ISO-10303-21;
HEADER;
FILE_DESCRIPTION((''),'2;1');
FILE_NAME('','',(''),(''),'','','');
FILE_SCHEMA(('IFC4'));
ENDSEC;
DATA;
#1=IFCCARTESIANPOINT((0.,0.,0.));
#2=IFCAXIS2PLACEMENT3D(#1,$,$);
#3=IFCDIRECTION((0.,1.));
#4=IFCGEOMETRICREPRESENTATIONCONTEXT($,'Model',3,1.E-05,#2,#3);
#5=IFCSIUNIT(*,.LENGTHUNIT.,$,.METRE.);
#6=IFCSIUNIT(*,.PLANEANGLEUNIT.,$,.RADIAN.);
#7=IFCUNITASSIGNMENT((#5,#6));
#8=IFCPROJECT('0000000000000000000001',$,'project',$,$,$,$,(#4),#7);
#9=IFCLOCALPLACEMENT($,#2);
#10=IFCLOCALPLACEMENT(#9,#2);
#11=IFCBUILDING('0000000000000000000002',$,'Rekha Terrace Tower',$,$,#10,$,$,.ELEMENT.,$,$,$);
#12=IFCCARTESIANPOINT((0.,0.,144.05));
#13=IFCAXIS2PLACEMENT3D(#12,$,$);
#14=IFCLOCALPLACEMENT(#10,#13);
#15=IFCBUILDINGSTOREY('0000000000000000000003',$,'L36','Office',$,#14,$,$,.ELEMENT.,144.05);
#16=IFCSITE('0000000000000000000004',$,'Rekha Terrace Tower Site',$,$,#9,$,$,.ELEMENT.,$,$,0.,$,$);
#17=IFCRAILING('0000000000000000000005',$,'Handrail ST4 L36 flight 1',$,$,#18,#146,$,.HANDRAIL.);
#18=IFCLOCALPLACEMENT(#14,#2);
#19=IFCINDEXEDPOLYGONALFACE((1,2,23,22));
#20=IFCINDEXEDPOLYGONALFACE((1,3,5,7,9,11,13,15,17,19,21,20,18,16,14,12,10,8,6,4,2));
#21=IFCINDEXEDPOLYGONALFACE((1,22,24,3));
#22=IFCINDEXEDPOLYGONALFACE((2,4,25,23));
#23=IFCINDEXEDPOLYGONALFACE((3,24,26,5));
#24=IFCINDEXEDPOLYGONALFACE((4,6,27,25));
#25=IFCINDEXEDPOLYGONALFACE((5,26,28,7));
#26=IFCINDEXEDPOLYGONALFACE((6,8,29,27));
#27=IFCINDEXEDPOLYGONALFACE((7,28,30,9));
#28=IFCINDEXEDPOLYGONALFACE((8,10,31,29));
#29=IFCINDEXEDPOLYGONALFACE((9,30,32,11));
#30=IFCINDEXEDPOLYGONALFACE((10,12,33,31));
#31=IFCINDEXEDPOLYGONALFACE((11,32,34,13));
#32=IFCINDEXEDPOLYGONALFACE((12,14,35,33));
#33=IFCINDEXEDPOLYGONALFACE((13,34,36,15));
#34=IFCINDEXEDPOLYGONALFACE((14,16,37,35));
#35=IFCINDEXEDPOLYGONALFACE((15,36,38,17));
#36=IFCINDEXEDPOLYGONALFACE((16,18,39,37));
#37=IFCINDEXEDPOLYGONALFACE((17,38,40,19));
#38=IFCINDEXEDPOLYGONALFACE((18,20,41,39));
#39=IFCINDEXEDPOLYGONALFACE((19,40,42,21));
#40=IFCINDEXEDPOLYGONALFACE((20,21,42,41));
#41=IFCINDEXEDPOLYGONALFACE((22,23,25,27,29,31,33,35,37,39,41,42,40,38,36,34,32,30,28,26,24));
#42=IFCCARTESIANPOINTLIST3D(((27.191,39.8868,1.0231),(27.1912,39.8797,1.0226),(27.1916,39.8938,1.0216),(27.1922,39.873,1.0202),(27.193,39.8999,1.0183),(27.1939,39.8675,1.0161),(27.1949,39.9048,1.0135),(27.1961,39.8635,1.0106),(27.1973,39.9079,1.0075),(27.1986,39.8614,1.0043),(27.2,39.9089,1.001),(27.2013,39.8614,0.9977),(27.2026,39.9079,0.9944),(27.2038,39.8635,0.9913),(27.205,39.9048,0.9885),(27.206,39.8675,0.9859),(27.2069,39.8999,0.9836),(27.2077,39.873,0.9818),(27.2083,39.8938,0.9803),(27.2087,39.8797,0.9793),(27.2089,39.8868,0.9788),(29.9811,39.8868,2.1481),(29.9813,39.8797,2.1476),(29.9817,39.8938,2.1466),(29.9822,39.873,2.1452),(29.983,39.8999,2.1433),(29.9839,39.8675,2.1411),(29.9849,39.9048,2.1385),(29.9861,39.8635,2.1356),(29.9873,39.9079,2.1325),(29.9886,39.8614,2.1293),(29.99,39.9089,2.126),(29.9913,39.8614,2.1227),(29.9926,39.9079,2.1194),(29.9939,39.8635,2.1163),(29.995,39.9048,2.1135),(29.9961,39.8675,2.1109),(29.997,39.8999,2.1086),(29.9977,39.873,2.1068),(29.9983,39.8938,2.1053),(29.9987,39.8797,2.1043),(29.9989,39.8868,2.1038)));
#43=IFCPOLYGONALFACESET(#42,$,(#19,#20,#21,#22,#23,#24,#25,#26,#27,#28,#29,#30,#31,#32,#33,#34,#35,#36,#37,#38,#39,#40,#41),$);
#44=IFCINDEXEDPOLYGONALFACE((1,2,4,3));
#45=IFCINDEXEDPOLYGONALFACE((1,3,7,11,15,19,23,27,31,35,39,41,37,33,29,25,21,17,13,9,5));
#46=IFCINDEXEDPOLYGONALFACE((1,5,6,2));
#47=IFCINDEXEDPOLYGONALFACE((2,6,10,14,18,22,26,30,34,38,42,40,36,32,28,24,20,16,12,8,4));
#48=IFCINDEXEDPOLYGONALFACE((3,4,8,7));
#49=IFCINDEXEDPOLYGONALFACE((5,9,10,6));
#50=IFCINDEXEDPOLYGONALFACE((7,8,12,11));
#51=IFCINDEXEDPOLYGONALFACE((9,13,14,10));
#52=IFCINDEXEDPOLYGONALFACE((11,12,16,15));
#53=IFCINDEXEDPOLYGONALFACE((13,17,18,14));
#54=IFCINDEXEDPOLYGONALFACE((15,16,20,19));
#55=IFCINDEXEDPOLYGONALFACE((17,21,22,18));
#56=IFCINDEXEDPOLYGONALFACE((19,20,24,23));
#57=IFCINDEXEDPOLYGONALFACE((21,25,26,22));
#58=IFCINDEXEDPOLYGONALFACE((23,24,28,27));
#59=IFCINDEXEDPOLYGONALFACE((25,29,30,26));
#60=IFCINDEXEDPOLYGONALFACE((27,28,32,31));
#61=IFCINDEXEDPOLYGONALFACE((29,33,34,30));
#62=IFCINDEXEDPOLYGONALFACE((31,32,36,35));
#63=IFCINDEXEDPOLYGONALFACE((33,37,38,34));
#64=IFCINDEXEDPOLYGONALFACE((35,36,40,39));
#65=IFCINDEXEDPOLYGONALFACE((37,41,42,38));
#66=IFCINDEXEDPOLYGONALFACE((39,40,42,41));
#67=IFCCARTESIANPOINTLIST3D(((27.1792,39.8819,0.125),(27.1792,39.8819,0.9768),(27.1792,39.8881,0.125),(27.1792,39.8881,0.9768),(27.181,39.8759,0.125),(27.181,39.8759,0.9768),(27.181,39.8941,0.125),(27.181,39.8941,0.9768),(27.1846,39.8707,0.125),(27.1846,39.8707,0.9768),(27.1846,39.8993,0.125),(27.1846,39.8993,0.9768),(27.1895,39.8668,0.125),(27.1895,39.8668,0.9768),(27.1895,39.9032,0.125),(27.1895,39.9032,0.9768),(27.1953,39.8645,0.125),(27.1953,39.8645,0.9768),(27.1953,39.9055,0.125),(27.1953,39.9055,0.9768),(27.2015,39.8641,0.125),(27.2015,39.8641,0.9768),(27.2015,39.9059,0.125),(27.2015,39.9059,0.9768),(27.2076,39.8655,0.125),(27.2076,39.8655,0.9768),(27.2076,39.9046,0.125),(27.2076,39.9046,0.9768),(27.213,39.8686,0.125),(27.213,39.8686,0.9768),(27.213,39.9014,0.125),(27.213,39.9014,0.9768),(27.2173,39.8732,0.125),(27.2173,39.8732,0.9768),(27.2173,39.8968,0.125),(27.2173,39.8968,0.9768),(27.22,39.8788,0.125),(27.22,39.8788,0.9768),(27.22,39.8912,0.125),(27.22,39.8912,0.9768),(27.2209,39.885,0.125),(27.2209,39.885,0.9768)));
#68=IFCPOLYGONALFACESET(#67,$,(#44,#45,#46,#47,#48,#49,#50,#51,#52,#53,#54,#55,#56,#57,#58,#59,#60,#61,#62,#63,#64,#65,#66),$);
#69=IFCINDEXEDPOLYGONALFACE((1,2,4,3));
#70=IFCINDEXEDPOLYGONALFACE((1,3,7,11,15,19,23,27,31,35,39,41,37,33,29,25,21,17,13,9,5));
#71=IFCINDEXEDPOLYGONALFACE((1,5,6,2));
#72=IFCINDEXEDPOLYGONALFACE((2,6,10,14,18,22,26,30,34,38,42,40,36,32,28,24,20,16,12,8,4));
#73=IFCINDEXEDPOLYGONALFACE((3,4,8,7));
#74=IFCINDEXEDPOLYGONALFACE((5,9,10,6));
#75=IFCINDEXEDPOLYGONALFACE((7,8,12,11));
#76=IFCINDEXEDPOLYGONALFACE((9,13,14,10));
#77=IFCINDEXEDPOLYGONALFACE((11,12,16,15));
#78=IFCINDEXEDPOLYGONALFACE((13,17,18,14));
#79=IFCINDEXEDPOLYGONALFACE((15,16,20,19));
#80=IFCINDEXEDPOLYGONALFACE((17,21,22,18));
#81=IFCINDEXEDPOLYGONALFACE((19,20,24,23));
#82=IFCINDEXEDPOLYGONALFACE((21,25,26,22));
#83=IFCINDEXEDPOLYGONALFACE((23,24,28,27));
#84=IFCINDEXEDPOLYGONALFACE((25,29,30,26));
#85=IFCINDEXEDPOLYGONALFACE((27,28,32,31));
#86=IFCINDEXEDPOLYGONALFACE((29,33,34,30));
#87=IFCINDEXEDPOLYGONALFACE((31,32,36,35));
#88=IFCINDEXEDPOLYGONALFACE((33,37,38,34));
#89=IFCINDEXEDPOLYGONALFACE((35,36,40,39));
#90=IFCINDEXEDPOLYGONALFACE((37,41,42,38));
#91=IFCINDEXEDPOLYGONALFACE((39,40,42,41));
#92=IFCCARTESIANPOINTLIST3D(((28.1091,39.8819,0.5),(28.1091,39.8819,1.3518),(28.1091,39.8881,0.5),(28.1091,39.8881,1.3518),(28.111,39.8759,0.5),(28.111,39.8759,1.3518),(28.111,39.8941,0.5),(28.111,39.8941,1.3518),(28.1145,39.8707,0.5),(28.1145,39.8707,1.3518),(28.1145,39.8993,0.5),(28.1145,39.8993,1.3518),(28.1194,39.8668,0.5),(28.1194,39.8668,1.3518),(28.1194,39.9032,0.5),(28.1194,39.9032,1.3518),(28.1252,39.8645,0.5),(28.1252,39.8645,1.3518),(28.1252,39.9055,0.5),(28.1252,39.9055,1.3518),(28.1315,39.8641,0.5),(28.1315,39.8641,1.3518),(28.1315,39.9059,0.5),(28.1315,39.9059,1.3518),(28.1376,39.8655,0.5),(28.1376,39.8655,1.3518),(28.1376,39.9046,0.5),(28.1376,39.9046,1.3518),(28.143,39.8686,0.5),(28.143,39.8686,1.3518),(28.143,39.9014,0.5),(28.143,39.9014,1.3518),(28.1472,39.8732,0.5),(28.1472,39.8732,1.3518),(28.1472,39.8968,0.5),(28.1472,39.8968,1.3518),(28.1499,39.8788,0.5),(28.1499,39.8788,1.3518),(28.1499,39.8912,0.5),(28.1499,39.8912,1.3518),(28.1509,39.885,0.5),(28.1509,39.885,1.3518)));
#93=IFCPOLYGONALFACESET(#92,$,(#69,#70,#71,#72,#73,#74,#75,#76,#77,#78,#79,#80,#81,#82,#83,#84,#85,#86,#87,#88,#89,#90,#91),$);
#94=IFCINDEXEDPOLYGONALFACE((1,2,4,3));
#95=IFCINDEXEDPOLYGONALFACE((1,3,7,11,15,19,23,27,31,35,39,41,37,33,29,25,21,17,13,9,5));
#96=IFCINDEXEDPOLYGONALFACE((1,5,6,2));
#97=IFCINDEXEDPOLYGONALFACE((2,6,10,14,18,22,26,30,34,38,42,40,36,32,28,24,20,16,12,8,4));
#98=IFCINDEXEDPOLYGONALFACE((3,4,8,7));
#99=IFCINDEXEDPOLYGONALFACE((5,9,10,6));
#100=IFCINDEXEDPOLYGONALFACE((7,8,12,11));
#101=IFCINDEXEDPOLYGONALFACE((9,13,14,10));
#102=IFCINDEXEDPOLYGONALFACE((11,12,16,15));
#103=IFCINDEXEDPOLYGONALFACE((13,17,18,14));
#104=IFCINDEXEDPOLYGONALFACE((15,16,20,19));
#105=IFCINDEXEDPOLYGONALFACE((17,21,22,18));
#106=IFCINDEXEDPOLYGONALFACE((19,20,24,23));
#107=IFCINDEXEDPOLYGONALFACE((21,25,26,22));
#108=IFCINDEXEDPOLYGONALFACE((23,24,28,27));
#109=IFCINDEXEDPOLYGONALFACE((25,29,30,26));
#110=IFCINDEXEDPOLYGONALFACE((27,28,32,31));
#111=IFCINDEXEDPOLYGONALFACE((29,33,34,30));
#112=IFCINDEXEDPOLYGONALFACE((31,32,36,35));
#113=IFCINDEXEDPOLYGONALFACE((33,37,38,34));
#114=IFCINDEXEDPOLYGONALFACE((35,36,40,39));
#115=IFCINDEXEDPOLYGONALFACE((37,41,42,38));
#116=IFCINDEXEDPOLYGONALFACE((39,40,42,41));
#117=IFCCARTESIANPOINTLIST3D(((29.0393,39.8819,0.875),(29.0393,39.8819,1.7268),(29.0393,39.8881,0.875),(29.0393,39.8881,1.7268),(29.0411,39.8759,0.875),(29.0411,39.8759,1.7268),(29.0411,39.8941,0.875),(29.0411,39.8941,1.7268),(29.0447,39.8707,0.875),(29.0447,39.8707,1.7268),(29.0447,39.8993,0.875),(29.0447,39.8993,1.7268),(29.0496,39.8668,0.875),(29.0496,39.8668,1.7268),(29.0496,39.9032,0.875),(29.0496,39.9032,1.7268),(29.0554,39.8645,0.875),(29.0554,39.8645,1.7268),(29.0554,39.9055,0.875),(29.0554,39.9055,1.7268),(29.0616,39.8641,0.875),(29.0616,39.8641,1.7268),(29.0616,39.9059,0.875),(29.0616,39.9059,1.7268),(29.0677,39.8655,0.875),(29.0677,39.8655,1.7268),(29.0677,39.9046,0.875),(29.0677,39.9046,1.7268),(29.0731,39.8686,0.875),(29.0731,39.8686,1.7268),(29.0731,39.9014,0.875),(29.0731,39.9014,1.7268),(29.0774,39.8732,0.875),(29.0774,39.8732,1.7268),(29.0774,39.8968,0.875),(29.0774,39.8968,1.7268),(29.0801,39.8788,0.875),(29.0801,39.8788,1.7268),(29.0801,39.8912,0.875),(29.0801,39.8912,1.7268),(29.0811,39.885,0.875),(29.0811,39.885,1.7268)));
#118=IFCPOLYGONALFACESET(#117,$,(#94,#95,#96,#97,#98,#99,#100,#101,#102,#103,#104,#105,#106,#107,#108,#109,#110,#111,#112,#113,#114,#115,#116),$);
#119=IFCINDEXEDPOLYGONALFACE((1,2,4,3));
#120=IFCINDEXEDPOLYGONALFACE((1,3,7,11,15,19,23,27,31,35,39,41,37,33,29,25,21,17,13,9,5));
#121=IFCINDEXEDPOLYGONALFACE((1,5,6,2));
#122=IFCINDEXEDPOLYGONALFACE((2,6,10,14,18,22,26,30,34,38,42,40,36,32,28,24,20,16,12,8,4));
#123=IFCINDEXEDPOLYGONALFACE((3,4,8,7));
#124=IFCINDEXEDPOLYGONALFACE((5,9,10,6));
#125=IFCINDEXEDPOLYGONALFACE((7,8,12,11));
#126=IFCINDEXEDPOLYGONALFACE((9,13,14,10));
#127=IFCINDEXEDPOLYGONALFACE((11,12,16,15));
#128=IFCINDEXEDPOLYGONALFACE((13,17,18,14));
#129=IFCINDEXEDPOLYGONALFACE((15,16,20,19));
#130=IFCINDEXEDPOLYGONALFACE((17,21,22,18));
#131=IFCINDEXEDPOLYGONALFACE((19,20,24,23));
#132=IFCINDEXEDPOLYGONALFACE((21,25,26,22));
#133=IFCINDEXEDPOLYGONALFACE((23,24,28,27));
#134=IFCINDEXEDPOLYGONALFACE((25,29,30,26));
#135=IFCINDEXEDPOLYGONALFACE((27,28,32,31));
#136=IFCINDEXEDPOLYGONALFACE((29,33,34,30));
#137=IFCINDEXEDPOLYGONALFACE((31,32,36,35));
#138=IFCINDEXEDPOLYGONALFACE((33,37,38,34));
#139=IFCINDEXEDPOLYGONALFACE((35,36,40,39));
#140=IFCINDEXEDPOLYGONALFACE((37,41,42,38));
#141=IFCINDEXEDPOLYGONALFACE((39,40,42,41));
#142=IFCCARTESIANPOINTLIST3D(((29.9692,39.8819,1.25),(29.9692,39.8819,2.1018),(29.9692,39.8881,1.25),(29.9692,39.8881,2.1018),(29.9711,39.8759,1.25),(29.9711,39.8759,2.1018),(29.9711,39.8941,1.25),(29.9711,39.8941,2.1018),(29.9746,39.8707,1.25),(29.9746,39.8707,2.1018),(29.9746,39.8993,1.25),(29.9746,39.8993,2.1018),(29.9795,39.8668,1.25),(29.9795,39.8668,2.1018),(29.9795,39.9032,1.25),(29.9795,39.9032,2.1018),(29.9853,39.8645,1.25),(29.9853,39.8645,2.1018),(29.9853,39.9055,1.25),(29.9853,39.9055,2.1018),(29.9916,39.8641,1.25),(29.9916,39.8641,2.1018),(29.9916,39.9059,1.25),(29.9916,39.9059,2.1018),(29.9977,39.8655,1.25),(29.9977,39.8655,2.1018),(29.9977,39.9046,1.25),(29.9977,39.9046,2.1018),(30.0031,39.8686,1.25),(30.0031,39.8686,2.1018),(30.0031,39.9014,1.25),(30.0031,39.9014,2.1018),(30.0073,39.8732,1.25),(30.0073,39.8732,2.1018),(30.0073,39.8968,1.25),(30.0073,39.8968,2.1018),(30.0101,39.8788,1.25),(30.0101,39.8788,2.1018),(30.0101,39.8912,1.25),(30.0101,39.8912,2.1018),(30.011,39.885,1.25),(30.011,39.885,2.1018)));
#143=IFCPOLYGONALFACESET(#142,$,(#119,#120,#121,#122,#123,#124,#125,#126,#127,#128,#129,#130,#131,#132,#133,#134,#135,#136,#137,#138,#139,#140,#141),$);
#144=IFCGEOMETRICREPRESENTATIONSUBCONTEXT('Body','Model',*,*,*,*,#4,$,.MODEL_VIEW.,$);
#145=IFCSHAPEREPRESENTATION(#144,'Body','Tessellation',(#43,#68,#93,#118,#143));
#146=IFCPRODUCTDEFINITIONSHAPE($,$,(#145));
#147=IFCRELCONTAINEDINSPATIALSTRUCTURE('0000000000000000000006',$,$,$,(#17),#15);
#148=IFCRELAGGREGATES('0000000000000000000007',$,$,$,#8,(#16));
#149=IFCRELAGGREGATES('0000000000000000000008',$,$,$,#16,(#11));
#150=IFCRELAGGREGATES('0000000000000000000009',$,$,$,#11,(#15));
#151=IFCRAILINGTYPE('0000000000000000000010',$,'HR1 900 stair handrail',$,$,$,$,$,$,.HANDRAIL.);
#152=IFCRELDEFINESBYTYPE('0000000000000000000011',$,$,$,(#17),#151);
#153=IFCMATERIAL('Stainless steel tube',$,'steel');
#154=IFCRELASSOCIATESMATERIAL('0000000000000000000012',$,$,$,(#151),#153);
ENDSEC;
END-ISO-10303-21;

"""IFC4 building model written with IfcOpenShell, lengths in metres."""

from ifc_helpers import new_model, si_unit, direction, frame, origin, origin_2d, place, context, subcontext, project, spatial, circle, extrude, material, type_object, element, save


model = new_model("IFC4")

# Units and contexts
model_context = context("Model", 3, precision=1e-05, world=origin(), true_north=direction((0.0, 1.0)))
body_context = subcontext(model_context, "Body", "Model", "MODEL_VIEW")
ifc_project = project(units=[si_unit("LENGTHUNIT", "METRE"), si_unit("PLANEANGLEUNIT", "RADIAN")], contexts=[model_context])

# Site, building, storey
site_placement = place(None, origin())
site = spatial("IfcSite", under=ifc_project, at=site_placement, Name="Rekha Terrace Tower Site", CompositionType="ELEMENT", RefElevation=0.0)
building_placement = place(site_placement, origin())
building = spatial("IfcBuilding", under=site, at=building_placement, Name="Rekha Terrace Tower", CompositionType="ELEMENT")
storey_placement = place(building_placement, frame((0.0, 0.0, 144.05)))
storey = spatial("IfcBuildingStorey", under=building, at=storey_placement, Name="L36", Description="Office", CompositionType="ELEMENT", Elevation=144.05)

# Railing
ifc_material_1 = material(Name="Stainless steel tube", Category="steel")
railing_type_1 = type_object("IfcRailingType", Name="HR1 900 stair handrail", PredefinedType="HANDRAIL", material=ifc_material_1)
railing_1_placement = place(storey_placement, frame((27.2, 39.885, 0.125)))
element("IfcRailing", 1, at=railing_1_placement, inside=storey, type_object=railing_type_1, Name="Handrail ST4 L36 flight 1", PredefinedType="HANDRAIL", context=body_context, shape_type="SweptSolid", body=[
    extrude(circle(Radius=0.0239, at=origin_2d()), frame((0.0, 0.0, 0.876), z_axis=(0.927443, 0.0, 0.373964), x_axis=(0.0, 1.0, 0.0)), (0.0, 0.0, 1.0), 3.0083),
    extrude(circle(Radius=0.021, at=origin_2d()), origin(), (0.0, 0.0, 1.0), 0.8518),
    extrude(circle(Radius=0.021, at=origin_2d()), frame((0.9299, 0.0, 0.375)), (0.0, 0.0, 1.0), 0.8518),
    extrude(circle(Radius=0.021, at=origin_2d()), frame((1.8601, 0.0, 0.75)), (0.0, 0.0, 1.0), 0.8518),
    extrude(circle(Radius=0.021, at=origin_2d()), frame((2.79, 0.0, 1.125)), (0.0, 0.0, 1.0), 0.8518),
])

save(model, "model.ifc")
